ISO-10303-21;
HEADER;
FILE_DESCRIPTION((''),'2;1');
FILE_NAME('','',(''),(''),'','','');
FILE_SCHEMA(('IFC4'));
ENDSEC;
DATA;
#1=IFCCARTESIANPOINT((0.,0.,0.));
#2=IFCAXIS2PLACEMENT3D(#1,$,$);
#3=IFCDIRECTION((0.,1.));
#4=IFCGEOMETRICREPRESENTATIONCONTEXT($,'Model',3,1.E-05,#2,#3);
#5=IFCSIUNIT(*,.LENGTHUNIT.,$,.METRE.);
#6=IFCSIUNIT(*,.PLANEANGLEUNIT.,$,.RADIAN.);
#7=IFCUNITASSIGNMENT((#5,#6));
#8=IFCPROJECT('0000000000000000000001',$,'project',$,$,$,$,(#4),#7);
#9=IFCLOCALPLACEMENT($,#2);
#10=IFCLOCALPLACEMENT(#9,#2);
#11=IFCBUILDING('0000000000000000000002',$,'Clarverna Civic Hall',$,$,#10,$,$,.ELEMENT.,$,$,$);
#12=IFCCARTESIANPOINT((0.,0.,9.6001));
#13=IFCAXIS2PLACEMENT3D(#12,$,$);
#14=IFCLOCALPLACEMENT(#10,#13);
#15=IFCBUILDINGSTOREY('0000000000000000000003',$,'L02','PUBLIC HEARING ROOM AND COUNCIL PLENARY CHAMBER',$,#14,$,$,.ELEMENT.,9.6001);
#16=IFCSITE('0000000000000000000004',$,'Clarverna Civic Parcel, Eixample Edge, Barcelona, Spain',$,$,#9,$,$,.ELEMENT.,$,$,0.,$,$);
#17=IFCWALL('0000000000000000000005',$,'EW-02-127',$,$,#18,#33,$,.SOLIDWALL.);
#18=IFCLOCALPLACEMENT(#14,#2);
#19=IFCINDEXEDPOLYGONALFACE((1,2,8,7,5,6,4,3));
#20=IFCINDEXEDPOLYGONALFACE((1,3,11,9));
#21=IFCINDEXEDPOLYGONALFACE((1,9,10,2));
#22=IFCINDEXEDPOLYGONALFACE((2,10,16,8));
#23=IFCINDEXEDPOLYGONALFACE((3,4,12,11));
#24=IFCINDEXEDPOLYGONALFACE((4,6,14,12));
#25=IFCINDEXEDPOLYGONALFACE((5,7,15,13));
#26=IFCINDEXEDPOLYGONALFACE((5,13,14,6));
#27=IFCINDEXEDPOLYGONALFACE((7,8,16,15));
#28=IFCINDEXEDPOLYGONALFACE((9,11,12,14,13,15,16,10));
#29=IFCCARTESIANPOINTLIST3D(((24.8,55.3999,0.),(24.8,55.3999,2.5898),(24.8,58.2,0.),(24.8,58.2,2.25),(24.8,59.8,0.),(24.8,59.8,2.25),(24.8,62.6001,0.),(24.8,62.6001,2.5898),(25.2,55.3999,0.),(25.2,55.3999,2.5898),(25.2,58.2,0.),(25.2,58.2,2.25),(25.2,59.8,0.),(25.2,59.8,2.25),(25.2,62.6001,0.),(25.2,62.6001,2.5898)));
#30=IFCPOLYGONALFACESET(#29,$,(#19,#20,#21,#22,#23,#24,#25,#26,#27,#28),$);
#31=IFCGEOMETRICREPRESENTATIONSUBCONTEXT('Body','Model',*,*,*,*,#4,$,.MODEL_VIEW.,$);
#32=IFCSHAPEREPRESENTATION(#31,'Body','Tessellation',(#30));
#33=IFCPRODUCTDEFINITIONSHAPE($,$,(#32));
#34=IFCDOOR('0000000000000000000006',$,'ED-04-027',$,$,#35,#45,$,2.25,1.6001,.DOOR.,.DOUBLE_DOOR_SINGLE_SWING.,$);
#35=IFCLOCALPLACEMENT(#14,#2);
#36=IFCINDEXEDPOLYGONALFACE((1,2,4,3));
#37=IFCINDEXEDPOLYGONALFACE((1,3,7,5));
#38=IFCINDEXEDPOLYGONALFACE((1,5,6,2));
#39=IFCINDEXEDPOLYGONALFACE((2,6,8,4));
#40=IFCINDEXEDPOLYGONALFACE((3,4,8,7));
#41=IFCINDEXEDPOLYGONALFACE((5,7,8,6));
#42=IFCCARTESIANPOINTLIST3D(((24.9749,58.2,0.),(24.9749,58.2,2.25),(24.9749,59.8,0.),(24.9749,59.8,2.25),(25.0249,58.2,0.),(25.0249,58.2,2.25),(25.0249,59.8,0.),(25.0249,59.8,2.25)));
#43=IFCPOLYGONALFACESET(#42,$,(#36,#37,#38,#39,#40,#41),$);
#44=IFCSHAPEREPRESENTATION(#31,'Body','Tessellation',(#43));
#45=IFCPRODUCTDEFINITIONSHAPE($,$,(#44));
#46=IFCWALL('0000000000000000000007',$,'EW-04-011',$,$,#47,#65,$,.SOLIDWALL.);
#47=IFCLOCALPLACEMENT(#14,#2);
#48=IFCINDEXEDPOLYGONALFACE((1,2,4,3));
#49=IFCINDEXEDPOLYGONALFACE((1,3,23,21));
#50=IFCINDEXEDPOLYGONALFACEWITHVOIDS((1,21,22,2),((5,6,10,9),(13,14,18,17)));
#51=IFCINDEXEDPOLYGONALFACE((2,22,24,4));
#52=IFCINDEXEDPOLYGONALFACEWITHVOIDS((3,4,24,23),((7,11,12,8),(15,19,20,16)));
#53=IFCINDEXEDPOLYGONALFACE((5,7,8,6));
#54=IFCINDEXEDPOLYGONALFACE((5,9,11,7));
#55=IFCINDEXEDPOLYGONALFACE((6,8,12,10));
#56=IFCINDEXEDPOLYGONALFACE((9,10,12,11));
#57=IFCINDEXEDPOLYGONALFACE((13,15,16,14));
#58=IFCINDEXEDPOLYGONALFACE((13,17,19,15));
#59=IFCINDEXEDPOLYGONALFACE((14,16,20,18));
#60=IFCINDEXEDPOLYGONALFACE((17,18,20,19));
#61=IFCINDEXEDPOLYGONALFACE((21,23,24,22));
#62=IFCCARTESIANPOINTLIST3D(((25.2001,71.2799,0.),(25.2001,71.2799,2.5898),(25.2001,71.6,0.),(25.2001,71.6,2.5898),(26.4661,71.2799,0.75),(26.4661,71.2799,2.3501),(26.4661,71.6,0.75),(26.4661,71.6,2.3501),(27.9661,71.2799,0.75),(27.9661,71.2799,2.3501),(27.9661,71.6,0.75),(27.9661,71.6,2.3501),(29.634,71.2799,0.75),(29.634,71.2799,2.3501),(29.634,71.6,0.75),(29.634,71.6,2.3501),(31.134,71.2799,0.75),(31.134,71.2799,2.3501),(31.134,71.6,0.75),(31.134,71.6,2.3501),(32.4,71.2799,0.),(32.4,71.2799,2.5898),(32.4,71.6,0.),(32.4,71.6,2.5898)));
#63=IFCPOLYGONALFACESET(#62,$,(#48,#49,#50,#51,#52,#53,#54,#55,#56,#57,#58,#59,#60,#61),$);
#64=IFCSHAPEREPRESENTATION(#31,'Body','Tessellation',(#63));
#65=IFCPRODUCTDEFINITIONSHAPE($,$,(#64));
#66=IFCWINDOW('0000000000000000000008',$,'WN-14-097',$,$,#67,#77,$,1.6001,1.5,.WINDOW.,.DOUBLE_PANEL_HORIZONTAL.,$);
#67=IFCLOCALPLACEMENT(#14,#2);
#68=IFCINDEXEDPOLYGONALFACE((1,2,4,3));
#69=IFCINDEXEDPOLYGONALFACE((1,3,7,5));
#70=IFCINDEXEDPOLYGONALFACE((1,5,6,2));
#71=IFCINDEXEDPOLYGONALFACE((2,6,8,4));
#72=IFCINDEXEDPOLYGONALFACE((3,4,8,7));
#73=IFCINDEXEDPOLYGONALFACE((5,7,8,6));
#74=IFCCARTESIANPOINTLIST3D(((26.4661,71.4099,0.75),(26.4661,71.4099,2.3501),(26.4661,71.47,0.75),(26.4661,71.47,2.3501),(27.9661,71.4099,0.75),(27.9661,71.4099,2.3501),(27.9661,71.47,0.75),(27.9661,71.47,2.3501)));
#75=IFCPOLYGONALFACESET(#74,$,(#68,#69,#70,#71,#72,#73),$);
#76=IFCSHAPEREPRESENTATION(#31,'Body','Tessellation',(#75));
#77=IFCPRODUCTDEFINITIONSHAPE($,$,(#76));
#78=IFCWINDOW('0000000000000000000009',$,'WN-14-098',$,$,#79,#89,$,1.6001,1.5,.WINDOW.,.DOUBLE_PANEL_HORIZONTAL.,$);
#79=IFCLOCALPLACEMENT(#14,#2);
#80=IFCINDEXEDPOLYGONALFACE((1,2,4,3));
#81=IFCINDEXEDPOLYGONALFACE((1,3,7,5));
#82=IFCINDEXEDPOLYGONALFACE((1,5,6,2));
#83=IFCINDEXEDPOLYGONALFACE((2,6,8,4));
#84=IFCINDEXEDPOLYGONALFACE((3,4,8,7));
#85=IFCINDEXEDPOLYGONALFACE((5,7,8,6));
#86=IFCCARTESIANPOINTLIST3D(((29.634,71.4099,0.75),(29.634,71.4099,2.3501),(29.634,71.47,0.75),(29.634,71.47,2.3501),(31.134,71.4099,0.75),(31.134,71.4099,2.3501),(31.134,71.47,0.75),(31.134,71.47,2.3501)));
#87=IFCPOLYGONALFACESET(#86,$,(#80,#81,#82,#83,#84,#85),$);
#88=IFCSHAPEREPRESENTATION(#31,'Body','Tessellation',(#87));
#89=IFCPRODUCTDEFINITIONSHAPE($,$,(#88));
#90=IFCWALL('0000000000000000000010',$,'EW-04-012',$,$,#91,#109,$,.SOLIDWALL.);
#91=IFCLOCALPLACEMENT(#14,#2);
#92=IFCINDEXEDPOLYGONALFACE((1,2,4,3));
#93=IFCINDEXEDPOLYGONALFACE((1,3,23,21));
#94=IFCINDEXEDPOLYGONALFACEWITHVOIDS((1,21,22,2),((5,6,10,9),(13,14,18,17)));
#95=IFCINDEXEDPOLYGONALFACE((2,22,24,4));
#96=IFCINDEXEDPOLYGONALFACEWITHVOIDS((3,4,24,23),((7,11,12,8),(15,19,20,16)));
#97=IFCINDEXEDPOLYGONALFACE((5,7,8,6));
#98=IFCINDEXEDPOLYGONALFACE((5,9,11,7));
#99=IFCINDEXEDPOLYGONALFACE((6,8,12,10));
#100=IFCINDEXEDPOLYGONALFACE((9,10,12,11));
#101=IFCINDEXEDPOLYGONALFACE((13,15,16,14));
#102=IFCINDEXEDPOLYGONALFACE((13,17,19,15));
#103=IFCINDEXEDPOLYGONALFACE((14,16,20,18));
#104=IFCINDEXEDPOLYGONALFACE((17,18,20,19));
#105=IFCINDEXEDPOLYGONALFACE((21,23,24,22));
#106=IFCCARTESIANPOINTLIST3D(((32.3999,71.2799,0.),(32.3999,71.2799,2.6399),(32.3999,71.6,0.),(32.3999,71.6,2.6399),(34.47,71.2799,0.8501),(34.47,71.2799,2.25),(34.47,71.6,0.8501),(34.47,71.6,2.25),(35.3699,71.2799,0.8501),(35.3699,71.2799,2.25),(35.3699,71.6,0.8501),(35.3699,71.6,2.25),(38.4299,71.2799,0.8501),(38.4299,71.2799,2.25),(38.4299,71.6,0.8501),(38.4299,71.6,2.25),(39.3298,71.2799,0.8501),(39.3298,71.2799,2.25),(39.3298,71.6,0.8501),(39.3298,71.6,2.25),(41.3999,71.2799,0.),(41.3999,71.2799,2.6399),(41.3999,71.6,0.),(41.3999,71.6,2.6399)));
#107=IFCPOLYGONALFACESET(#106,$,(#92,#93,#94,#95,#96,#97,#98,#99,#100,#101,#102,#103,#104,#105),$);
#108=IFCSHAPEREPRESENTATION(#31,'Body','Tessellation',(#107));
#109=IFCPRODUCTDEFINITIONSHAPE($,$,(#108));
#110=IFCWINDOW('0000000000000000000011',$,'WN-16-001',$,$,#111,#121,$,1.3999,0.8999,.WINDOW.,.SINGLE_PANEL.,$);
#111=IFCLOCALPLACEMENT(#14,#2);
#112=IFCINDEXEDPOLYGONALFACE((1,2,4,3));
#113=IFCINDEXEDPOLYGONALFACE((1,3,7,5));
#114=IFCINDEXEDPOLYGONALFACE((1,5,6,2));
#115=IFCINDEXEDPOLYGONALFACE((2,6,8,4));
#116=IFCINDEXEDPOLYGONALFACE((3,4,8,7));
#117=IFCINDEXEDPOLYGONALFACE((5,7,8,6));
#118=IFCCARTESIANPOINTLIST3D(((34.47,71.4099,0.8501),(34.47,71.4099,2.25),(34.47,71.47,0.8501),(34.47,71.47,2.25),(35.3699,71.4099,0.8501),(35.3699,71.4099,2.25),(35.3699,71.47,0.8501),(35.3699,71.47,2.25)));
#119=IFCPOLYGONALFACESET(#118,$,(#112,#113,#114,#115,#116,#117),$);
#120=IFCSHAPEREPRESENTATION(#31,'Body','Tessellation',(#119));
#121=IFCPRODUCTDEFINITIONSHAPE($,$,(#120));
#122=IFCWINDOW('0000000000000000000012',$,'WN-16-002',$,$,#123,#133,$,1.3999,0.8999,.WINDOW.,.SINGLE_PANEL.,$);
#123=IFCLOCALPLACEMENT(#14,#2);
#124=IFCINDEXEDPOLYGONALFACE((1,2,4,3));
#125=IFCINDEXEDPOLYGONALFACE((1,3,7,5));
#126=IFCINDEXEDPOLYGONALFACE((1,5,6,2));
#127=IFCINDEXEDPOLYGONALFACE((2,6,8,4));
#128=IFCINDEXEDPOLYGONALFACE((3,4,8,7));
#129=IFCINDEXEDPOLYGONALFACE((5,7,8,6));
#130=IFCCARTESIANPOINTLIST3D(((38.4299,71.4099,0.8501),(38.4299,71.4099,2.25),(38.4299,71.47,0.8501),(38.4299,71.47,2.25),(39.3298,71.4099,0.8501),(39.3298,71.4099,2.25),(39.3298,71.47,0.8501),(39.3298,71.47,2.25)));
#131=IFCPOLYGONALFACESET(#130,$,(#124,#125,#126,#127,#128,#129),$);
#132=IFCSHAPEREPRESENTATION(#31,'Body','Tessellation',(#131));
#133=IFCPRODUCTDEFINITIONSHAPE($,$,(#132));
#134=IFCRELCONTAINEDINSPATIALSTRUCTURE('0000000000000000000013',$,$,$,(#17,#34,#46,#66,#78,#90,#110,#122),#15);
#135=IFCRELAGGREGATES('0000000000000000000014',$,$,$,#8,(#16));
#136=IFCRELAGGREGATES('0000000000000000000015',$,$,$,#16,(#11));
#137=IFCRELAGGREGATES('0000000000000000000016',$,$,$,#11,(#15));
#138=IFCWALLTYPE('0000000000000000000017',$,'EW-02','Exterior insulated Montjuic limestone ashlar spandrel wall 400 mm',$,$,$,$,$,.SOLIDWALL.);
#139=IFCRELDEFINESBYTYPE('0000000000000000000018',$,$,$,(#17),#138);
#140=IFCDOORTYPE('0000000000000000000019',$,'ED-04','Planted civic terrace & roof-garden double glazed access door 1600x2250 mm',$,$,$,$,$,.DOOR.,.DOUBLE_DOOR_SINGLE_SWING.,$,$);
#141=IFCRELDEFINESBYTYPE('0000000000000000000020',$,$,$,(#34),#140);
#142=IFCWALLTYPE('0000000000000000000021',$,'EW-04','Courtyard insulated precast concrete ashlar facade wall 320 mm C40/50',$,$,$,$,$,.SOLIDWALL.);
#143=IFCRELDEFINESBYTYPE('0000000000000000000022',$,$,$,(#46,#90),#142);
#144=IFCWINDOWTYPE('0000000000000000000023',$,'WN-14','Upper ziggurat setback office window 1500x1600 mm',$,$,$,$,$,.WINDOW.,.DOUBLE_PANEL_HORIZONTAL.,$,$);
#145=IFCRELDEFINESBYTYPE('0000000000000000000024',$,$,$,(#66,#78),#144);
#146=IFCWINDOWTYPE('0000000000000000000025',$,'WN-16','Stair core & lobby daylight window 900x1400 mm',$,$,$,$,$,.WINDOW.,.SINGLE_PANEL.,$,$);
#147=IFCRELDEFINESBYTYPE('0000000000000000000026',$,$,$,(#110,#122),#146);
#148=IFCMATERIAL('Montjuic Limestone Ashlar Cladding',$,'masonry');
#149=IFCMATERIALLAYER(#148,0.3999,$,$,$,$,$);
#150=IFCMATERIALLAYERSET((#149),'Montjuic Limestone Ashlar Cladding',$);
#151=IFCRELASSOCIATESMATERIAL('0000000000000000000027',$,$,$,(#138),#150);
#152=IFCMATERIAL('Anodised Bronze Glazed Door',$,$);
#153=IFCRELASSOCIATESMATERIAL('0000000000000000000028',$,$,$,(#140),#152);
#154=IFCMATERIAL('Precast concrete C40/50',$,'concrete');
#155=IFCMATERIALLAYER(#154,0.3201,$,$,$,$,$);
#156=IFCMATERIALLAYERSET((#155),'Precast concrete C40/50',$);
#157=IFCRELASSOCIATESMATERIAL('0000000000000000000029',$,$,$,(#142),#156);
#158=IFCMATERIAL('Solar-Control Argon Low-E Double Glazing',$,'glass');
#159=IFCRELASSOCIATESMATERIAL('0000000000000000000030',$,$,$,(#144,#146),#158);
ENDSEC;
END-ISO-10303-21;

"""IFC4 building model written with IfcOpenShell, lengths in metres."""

from ifc_helpers import new_model, si_unit, direction, frame, frame_2d, origin, place, context, subcontext, project, spatial, rectangle, extrude, material, layer, layer_set, type_object, element, fill, save


model = new_model("IFC4")

# Units and contexts
model_context = context("Model", 3, precision=1e-05, world=origin(), true_north=direction((0.0, 1.0)))
body_context = subcontext(model_context, "Body", "Model", "MODEL_VIEW")
ifc_project = project(units=[si_unit("LENGTHUNIT", "METRE"), si_unit("PLANEANGLEUNIT", "RADIAN")], contexts=[model_context])

# Site, building, storey
site_placement = place(None, origin())
site = spatial("IfcSite", under=ifc_project, at=site_placement, Name="Clarverna Civic Parcel, Eixample Edge, Barcelona, Spain", CompositionType="ELEMENT", RefElevation=0.0)
building_placement = place(site_placement, origin())
building = spatial("IfcBuilding", under=site, at=building_placement, Name="Clarverna Civic Hall", CompositionType="ELEMENT")
storey_placement = place(building_placement, frame((0.0, 0.0, 9.6001)))
storey = spatial("IfcBuildingStorey", under=building, at=storey_placement, Name="L02", Description="PUBLIC HEARING ROOM AND COUNCIL PLENARY CHAMBER", CompositionType="ELEMENT", Elevation=9.6001)

# Wall, opening, door
ifc_material_1 = material(Name="Montjuic Limestone Ashlar Cladding", Category="masonry")
ifc_layer_1 = layer(ifc_material_1, 0.3999)
ifc_layer_set_1 = layer_set([ifc_layer_1], Name="Montjuic Limestone Ashlar Cladding")
wall_type_1 = type_object("IfcWallType", Name="EW-02", Description="Exterior insulated Montjuic limestone ashlar spandrel wall 400 mm", PredefinedType="SOLIDWALL", material=ifc_layer_set_1)
ifc_material_2 = material(Name="Anodised Bronze Glazed Door")
door_type = type_object("IfcDoorType", Name="ED-04", Description="Planted civic terrace & roof-garden double glazed access door 1600x2250 mm", OperationType="DOUBLE_DOOR_SINGLE_SWING", PredefinedType="DOOR", material=ifc_material_2)
wall_1_placement = place(storey_placement, frame((25.0, 62.6001, 0.0), z_axis=(0.0, 0.0, 1.0), x_axis=(0.0, -1.0, 0.0)))
wall_1 = element("IfcWall", 1, at=wall_1_placement, inside=storey, type_object=wall_type_1, Name="EW-02-127", PredefinedType="SOLIDWALL", context=body_context, shape_type="SweptSolid", body=[
    extrude(rectangle(XDim=7.2002, YDim=0.3999, at=frame_2d((3.6001, 0.0))), origin(), (0.0, 0.0, 1.0), 2.5898),
])
opening_1_placement = place(wall_1_placement, frame((2.8, 0.0, 0.0)))
opening_1 = element("IfcOpeningElement", 2, at=opening_1_placement, cuts=wall_1, PredefinedType="OPENING", context=body_context, shape_type="SweptSolid", body=[
    extrude(rectangle(XDim=1.6001, YDim=2.25, at=frame_2d((0.8, 1.125))), frame((0.0, 0.21, 0.0), z_axis=(0.0, -1.0, 0.0), x_axis=(1.0, 0.0, 0.0)), (0.0, 0.0, 1.0), 0.4199),
])
door_1_placement = place(opening_1_placement, origin())
door_1 = element("IfcDoor", 3, at=door_1_placement, inside=storey, type_object=door_type, Name="ED-04-027", OperationType="DOUBLE_DOOR_SINGLE_SWING", OverallHeight=2.25, OverallWidth=1.6001, PredefinedType="DOOR", context=body_context, shape_type="SweptSolid", body=[
    extrude(rectangle(XDim=1.6001, YDim=2.25, at=frame_2d((0.8, 1.125))), frame((0.0, 0.0249, 0.0), z_axis=(0.0, -1.0, 0.0), x_axis=(1.0, 0.0, 0.0)), (0.0, 0.0, 1.0), 0.05),
])
fill(opening_1, door_1)

# Walls, openings, windows
ifc_material_3 = material(Name="Precast concrete C40/50", Category="concrete")
ifc_layer_2 = layer(ifc_material_3, 0.3201)
ifc_layer_set_2 = layer_set([ifc_layer_2], Name="Precast concrete C40/50")
wall_type_2 = type_object("IfcWallType", Name="EW-04", Description="Courtyard insulated precast concrete ashlar facade wall 320 mm C40/50", PredefinedType="SOLIDWALL", material=ifc_layer_set_2)
wall_2_placement = place(storey_placement, frame((25.2, 71.4399, 0.0), z_axis=(0.0, 0.0, 1.0), x_axis=(1.0, 0.0, 0.0)))
wall_2 = element("IfcWall", 4, at=wall_2_placement, inside=storey, type_object=wall_type_2, Name="EW-04-011", PredefinedType="SOLIDWALL", context=body_context, shape_type="SweptSolid", body=[
    extrude(rectangle(XDim=7.2, YDim=0.3201, at=frame_2d((3.6001, 0.0))), origin(), (0.0, 0.0, 1.0), 2.5898),
])
opening_2_placement = place(wall_2_placement, frame((1.2661, 0.0, 0.75)))
opening_2 = element("IfcOpeningElement", 5, at=opening_2_placement, cuts=wall_2, PredefinedType="OPENING", context=body_context, shape_type="SweptSolid", body=[
    extrude(rectangle(XDim=1.5, YDim=1.6001, at=frame_2d((0.75, 0.8))), frame((0.0, 0.1699, 0.0), z_axis=(0.0, -1.0, 0.0), x_axis=(1.0, 0.0, 0.0)), (0.0, 0.0, 1.0), 0.3401),
])
opening_3_placement = place(wall_2_placement, frame((4.4341, 0.0, 0.75)))
opening_3 = element("IfcOpeningElement", 6, at=opening_3_placement, cuts=wall_2, PredefinedType="OPENING", context=body_context, shape_type="SweptSolid", body=[
    extrude(rectangle(XDim=1.5, YDim=1.6001, at=frame_2d((0.75, 0.8))), frame((0.0, 0.1699, 0.0), z_axis=(0.0, -1.0, 0.0), x_axis=(1.0, 0.0, 0.0)), (0.0, 0.0, 1.0), 0.3401),
])
ifc_material_4 = material(Name="Solar-Control Argon Low-E Double Glazing", Category="glass")
window_type_1 = type_object("IfcWindowType", Name="WN-14", Description="Upper ziggurat setback office window 1500x1600 mm", PartitioningType="DOUBLE_PANEL_HORIZONTAL", PredefinedType="WINDOW", material=ifc_material_4)
window_1_placement = place(opening_2_placement, origin())
window_1 = element("IfcWindow", 7, at=window_1_placement, inside=storey, type_object=window_type_1, Name="WN-14-097", OverallHeight=1.6001, OverallWidth=1.5, PartitioningType="DOUBLE_PANEL_HORIZONTAL", PredefinedType="WINDOW", context=body_context, shape_type="SweptSolid", body=[
    extrude(rectangle(XDim=1.5, YDim=1.6001, at=frame_2d((0.75, 0.8))), frame((0.0, 0.03, 0.0), z_axis=(0.0, -1.0, 0.0), x_axis=(1.0, 0.0, 0.0)), (0.0, 0.0, 1.0), 0.0601),
])
fill(opening_2, window_1)
window_2_placement = place(opening_3_placement, origin())
window_2 = element("IfcWindow", 8, at=window_2_placement, inside=storey, type_object=window_type_1, Name="WN-14-098", OverallHeight=1.6001, OverallWidth=1.5, PartitioningType="DOUBLE_PANEL_HORIZONTAL", PredefinedType="WINDOW", context=body_context, shape_type="SweptSolid", body=[
    extrude(rectangle(XDim=1.5, YDim=1.6001, at=frame_2d((0.75, 0.8))), frame((0.0, 0.03, 0.0), z_axis=(0.0, -1.0, 0.0), x_axis=(1.0, 0.0, 0.0)), (0.0, 0.0, 1.0), 0.0601),
])
fill(opening_3, window_2)
wall_3_placement = place(storey_placement, frame((32.3999, 71.4399, 0.0), z_axis=(0.0, 0.0, 1.0), x_axis=(1.0, 0.0, 0.0)))
wall_3 = element("IfcWall", 9, at=wall_3_placement, inside=storey, type_object=wall_type_2, Name="EW-04-012", PredefinedType="SOLIDWALL", context=body_context, shape_type="SweptSolid", body=[
    extrude(rectangle(XDim=9.0, YDim=0.3201, at=frame_2d((4.5, 0.0))), origin(), (0.0, 0.0, 1.0), 2.6399),
])
opening_4_placement = place(wall_3_placement, frame((2.0701, 0.0, 0.8501)))
opening_4 = element("IfcOpeningElement", 10, at=opening_4_placement, cuts=wall_3, PredefinedType="OPENING", context=body_context, shape_type="SweptSolid", body=[
    extrude(rectangle(XDim=0.8999, YDim=1.3999, at=frame_2d((0.45, 0.7))), frame((0.0, 0.1699, 0.0), z_axis=(0.0, -1.0, 0.0), x_axis=(1.0, 0.0, 0.0)), (0.0, 0.0, 1.0), 0.3401),
])
opening_5_placement = place(wall_3_placement, frame((6.03, 0.0, 0.8501)))
opening_5 = element("IfcOpeningElement", 11, at=opening_5_placement, cuts=wall_3, PredefinedType="OPENING", context=body_context, shape_type="SweptSolid", body=[
    extrude(rectangle(XDim=0.8999, YDim=1.3999, at=frame_2d((0.45, 0.7))), frame((0.0, 0.1699, 0.0), z_axis=(0.0, -1.0, 0.0), x_axis=(1.0, 0.0, 0.0)), (0.0, 0.0, 1.0), 0.3401),
])
window_type_2 = type_object("IfcWindowType", Name="WN-16", Description="Stair core & lobby daylight window 900x1400 mm", PartitioningType="SINGLE_PANEL", PredefinedType="WINDOW", material=ifc_material_4)
window_3_placement = place(opening_4_placement, origin())
window_3 = element("IfcWindow", 12, at=window_3_placement, inside=storey, type_object=window_type_2, Name="WN-16-001", OverallHeight=1.3999, OverallWidth=0.8999, PartitioningType="SINGLE_PANEL", PredefinedType="WINDOW", context=body_context, shape_type="SweptSolid", body=[
    extrude(rectangle(XDim=0.8999, YDim=1.3999, at=frame_2d((0.45, 0.7))), frame((0.0, 0.03, 0.0), z_axis=(0.0, -1.0, 0.0), x_axis=(1.0, 0.0, 0.0)), (0.0, 0.0, 1.0), 0.0601),
])
fill(opening_4, window_3)
window_4_placement = place(opening_5_placement, origin())
window_4 = element("IfcWindow", 13, at=window_4_placement, inside=storey, type_object=window_type_2, Name="WN-16-002", OverallHeight=1.3999, OverallWidth=0.8999, PartitioningType="SINGLE_PANEL", PredefinedType="WINDOW", context=body_context, shape_type="SweptSolid", body=[
    extrude(rectangle(XDim=0.8999, YDim=1.3999, at=frame_2d((0.45, 0.7))), frame((0.0, 0.03, 0.0), z_axis=(0.0, -1.0, 0.0), x_axis=(1.0, 0.0, 0.0)), (0.0, 0.0, 1.0), 0.0601),
])
fill(opening_5, window_4)

save(model, "model.ifc")
